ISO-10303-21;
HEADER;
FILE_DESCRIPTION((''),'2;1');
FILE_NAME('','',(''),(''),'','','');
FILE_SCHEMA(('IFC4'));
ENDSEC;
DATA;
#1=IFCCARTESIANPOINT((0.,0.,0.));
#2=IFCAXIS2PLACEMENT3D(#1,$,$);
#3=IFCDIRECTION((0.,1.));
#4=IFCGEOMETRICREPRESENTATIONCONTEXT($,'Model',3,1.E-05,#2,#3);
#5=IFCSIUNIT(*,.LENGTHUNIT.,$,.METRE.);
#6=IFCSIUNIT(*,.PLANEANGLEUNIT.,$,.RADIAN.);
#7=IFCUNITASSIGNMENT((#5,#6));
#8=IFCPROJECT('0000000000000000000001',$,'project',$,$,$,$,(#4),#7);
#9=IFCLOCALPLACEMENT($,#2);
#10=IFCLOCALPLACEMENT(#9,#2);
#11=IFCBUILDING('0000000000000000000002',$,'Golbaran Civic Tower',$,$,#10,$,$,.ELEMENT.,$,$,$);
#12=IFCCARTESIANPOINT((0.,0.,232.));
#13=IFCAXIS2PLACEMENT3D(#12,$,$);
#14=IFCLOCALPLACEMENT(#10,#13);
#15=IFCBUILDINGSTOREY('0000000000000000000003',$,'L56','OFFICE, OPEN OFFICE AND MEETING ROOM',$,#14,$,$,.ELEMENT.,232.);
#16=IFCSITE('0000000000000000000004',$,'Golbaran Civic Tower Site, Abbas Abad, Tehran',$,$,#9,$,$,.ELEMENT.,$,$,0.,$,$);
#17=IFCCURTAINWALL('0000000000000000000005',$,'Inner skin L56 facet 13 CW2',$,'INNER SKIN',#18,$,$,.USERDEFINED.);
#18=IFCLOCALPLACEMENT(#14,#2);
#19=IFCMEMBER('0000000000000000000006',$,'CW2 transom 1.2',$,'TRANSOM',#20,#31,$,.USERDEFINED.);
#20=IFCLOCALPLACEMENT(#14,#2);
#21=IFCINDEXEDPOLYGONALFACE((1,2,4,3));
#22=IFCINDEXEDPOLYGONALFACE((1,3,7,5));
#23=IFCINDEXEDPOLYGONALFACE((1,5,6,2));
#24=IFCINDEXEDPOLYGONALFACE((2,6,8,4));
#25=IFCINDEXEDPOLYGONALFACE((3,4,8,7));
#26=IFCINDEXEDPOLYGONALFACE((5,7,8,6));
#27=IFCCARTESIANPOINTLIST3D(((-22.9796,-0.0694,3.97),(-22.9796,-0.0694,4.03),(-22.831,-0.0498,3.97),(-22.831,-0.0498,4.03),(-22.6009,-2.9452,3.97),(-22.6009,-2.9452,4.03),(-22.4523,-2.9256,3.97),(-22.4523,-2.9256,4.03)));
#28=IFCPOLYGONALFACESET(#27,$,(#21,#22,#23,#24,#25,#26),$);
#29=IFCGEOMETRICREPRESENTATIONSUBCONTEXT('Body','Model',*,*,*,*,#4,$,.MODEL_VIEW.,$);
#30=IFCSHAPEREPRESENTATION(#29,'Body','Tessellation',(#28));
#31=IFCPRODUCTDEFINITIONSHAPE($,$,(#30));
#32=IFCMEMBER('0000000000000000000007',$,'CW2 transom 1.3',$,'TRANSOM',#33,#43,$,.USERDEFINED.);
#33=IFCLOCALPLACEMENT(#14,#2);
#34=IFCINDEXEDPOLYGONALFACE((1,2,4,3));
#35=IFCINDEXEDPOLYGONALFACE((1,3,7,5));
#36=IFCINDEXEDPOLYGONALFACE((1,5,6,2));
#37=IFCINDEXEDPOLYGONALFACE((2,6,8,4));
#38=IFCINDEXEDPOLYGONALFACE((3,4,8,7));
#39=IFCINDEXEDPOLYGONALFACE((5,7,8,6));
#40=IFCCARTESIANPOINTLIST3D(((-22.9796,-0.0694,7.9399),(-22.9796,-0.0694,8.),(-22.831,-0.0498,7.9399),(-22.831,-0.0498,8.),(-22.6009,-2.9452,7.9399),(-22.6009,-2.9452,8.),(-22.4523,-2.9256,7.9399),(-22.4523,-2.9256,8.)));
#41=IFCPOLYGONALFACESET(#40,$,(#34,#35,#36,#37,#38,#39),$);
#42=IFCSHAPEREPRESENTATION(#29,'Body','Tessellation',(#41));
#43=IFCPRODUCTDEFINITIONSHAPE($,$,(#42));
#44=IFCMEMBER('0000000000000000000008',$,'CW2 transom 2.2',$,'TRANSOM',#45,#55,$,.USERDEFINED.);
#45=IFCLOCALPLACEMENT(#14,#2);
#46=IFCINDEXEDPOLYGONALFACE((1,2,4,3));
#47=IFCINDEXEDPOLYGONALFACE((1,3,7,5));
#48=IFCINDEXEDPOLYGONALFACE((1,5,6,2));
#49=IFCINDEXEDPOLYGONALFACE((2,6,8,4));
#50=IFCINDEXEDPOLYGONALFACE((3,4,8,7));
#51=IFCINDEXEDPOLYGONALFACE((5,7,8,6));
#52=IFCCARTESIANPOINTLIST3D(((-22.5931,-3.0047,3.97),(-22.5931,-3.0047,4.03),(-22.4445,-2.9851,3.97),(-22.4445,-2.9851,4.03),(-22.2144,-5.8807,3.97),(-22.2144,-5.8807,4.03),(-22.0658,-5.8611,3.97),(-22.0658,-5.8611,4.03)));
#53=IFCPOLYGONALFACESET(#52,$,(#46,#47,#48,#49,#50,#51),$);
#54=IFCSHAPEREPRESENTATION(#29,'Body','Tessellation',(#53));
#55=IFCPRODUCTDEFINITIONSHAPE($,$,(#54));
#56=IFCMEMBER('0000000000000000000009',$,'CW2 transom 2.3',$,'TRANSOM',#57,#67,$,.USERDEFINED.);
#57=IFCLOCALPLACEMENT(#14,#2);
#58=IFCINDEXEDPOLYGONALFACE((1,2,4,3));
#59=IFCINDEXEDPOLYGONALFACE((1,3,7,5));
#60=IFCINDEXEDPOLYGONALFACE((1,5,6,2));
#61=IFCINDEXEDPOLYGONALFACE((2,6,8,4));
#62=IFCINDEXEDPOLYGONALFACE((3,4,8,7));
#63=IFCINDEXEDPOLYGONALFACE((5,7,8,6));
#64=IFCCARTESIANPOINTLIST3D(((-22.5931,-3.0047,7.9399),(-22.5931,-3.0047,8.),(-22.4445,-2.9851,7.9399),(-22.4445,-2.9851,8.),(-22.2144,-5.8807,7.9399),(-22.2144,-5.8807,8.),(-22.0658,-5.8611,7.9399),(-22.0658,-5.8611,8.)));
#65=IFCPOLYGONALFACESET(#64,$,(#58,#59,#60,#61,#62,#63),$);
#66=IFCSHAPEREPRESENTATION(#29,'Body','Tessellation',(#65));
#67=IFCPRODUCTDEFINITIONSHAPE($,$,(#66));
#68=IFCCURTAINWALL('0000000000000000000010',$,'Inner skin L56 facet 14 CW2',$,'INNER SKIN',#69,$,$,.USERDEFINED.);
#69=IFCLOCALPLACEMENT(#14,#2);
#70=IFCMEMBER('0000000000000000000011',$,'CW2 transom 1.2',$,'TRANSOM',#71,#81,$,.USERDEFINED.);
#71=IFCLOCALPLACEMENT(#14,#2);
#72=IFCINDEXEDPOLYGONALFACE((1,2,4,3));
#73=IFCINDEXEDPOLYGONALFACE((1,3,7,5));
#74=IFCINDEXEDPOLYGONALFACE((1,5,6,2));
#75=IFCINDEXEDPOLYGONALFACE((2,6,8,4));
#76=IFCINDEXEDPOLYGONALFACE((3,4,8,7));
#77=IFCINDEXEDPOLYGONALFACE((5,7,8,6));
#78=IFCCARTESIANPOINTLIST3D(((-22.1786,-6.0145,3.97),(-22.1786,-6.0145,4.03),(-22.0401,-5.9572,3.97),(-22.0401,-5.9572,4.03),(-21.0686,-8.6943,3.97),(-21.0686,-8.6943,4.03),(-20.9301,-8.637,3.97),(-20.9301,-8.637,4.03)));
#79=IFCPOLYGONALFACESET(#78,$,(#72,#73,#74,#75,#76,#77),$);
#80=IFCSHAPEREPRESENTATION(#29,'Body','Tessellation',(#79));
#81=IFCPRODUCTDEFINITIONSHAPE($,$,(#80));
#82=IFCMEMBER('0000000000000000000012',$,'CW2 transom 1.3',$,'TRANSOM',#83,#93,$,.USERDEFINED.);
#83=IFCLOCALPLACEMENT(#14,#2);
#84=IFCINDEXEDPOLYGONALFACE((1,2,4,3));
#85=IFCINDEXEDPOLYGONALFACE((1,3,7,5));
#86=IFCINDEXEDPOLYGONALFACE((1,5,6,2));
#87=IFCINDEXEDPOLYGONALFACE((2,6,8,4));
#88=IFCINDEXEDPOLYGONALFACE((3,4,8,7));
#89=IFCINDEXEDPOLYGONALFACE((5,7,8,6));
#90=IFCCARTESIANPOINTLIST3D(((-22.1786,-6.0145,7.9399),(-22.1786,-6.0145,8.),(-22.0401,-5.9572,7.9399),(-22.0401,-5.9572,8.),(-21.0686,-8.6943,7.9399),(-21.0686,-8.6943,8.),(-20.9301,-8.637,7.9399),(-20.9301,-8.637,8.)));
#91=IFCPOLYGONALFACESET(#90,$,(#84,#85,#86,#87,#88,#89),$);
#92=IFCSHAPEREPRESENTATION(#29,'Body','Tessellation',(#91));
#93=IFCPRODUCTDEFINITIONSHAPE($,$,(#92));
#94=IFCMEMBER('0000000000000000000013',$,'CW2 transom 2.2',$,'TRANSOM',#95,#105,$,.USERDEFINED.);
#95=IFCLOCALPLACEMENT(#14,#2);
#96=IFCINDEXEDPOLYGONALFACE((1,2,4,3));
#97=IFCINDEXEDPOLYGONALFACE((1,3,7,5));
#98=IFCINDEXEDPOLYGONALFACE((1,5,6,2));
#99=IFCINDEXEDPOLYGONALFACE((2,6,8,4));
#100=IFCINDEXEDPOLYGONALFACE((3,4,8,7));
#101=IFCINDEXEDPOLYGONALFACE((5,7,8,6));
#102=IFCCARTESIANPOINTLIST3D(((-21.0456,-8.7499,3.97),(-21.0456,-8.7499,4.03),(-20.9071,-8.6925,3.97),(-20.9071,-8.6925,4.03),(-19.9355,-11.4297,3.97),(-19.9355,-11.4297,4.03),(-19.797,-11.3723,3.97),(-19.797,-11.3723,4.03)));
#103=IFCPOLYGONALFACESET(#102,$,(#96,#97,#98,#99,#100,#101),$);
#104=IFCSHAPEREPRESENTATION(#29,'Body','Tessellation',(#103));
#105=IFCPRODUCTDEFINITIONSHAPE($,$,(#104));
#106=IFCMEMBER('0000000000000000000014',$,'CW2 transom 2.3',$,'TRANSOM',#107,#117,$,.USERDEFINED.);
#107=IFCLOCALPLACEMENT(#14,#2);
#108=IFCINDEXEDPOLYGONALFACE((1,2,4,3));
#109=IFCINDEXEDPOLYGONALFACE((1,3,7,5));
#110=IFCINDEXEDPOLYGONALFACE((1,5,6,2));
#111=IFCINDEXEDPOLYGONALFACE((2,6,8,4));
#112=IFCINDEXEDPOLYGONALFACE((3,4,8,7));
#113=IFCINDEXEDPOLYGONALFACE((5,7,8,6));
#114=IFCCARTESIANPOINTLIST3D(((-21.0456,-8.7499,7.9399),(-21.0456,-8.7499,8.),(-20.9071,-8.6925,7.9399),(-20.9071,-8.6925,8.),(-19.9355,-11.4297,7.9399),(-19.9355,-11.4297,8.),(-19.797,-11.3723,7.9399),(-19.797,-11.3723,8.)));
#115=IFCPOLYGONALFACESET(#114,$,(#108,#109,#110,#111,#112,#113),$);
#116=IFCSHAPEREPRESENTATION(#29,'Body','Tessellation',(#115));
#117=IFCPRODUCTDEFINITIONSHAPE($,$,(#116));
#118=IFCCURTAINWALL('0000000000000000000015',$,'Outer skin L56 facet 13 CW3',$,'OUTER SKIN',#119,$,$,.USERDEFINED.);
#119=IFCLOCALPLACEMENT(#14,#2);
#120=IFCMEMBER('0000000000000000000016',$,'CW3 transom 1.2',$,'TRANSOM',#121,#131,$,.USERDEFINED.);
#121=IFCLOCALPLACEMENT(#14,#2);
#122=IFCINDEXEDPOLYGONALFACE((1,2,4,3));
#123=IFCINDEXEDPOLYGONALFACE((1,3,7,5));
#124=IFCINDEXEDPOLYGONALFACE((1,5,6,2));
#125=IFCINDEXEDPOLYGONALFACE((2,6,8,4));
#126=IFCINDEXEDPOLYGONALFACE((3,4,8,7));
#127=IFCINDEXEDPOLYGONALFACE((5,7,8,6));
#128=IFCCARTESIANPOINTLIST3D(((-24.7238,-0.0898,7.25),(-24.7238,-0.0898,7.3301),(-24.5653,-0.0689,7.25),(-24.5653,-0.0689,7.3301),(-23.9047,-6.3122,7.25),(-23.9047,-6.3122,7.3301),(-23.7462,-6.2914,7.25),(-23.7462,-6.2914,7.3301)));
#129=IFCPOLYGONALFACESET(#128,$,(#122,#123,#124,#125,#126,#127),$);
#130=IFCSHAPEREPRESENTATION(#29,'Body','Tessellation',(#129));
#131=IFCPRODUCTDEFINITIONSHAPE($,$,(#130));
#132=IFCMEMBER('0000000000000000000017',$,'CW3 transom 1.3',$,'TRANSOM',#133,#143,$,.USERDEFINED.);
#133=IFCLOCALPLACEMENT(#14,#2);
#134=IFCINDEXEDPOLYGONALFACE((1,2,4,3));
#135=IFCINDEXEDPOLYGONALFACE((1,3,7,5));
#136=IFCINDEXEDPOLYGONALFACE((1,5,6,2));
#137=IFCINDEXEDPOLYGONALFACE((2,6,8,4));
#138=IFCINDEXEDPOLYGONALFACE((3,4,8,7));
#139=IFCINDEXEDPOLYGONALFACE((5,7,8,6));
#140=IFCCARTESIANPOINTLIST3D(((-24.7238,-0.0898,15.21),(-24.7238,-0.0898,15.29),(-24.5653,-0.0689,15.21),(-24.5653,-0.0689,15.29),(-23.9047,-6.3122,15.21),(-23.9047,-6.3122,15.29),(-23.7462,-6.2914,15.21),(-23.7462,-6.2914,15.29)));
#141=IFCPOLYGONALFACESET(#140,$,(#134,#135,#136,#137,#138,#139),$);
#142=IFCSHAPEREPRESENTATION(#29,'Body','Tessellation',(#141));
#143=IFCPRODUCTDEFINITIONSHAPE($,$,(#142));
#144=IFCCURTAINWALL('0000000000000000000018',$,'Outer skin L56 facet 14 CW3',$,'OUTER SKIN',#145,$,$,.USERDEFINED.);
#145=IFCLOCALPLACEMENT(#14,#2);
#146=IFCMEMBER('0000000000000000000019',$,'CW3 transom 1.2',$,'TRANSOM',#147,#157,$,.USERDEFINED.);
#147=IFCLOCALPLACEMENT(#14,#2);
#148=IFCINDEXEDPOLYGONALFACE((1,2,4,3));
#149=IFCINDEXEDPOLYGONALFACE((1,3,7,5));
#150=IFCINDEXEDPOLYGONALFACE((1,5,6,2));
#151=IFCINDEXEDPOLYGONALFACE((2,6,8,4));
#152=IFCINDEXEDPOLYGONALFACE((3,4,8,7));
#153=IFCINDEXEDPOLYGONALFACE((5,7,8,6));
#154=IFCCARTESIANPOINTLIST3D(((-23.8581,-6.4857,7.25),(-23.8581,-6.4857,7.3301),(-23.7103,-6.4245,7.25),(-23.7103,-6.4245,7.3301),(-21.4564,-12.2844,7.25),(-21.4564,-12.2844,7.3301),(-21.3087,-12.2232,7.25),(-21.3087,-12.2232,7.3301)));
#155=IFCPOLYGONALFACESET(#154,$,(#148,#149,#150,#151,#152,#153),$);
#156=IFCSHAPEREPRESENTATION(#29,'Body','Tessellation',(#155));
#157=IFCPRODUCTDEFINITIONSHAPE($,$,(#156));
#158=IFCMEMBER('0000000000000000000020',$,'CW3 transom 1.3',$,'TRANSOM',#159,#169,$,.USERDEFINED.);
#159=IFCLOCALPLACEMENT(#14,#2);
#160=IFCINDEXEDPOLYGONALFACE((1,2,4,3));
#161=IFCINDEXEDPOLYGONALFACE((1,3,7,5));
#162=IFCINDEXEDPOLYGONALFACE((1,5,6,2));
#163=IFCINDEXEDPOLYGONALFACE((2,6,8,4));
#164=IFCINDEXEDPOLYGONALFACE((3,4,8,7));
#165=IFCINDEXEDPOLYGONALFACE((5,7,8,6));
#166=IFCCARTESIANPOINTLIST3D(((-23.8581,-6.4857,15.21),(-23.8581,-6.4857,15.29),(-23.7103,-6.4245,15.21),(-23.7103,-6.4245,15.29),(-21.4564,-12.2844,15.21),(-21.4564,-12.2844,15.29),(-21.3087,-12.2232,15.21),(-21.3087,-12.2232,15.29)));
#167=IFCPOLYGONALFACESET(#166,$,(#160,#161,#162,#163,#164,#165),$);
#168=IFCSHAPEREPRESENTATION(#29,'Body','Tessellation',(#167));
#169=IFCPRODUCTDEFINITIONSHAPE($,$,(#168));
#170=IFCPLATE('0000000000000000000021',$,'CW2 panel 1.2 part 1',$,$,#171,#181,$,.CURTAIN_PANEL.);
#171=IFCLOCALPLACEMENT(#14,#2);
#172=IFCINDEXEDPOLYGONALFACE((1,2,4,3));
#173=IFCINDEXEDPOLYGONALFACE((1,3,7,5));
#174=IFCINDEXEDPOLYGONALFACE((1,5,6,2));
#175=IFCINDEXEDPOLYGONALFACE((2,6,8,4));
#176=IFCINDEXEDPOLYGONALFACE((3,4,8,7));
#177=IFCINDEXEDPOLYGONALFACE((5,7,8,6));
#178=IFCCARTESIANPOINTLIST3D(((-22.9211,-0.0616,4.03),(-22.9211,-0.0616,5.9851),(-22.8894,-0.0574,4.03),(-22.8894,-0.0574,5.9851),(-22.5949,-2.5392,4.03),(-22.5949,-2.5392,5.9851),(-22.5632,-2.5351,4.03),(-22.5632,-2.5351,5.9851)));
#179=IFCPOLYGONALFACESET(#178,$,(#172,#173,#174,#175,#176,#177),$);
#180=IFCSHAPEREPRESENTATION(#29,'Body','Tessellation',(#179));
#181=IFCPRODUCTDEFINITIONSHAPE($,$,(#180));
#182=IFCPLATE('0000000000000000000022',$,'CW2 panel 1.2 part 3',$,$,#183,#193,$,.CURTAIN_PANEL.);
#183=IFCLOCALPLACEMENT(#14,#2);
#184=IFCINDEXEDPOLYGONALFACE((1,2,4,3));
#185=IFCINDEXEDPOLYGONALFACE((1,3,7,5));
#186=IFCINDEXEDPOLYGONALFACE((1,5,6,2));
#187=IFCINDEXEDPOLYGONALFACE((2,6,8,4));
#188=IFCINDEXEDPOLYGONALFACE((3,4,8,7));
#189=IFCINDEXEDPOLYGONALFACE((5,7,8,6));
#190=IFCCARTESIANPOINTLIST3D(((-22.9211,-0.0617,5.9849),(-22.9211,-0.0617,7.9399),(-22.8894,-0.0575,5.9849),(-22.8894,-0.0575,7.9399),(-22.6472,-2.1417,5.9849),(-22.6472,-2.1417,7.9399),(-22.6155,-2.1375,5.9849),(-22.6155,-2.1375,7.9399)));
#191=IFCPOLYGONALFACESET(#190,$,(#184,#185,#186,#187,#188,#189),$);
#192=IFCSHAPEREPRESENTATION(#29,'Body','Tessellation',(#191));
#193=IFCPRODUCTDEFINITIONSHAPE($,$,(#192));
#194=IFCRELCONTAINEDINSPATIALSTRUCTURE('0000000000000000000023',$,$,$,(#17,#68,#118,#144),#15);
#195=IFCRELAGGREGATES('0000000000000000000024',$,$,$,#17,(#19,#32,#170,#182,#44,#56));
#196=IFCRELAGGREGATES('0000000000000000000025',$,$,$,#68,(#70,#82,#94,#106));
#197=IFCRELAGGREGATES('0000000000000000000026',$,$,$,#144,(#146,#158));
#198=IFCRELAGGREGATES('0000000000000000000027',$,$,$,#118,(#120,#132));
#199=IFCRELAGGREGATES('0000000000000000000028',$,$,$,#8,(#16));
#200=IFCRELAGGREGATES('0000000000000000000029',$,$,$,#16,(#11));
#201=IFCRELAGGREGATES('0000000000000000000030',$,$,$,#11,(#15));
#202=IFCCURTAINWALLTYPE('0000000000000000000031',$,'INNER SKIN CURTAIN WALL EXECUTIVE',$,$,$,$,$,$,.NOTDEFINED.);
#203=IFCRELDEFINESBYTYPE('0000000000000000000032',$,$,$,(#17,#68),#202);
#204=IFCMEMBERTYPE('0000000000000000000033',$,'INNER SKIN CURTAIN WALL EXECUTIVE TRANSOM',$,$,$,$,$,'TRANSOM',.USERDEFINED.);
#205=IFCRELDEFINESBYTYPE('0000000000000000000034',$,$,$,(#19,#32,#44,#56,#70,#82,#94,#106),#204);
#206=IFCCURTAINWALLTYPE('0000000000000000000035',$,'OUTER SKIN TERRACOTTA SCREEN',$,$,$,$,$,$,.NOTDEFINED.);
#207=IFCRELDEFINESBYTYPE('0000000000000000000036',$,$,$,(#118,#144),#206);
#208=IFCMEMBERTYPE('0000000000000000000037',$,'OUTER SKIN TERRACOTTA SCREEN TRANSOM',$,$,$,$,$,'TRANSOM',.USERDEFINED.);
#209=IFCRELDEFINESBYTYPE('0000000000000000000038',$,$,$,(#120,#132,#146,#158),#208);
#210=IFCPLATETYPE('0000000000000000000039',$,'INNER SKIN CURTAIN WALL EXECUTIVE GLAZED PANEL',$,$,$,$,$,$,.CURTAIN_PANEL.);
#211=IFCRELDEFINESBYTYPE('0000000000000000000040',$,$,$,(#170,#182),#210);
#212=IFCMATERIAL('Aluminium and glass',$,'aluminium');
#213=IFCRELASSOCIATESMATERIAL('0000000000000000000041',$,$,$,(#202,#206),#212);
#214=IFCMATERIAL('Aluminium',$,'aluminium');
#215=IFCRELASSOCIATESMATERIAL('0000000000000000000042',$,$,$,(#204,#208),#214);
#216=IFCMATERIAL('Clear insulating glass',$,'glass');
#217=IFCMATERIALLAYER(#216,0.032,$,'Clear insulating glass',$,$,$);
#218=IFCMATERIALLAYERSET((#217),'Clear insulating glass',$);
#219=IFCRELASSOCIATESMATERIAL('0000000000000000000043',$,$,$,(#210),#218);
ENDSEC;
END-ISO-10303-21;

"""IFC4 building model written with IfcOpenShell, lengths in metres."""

from ifc_helpers import new_model, si_unit, direction, frame, origin, origin_2d, place, context, subcontext, project, spatial, rectangle, extrude, material, layer, layer_set, material_profile, profile_set, type_object, element, aggregate, save


model = new_model("IFC4")

# Units and contexts
model_context = context("Model", 3, precision=1e-05, world=origin(), true_north=direction((0.0, 1.0)))
body_context = subcontext(model_context, "Body", "Model", "MODEL_VIEW")
ifc_project = project(units=[si_unit("LENGTHUNIT", "METRE"), si_unit("PLANEANGLEUNIT", "RADIAN")], contexts=[model_context])

# Site, building, storey
site_placement = place(None, origin())
site = spatial("IfcSite", under=ifc_project, at=site_placement, Name="Golbaran Civic Tower Site, Abbas Abad, Tehran", CompositionType="ELEMENT", RefElevation=0.0)
building_placement = place(site_placement, origin())
building = spatial("IfcBuilding", under=site, at=building_placement, Name="Golbaran Civic Tower", CompositionType="ELEMENT")
storey_placement = place(building_placement, frame((0.0, 0.0, 232.0)))
storey = spatial("IfcBuildingStorey", under=building, at=storey_placement, Name="L56", Description="OFFICE, OPEN OFFICE AND MEETING ROOM", CompositionType="ELEMENT", Elevation=232.0)

# Curtain walls, members
ifc_material_1 = material(Name="Aluminium and glass", Category="aluminium")
curtain_wall_type_1 = type_object("IfcCurtainWallType", Name="INNER SKIN CURTAIN WALL EXECUTIVE", PredefinedType="NOTDEFINED", material=ifc_material_1)
curtain_wall_1_placement = place(storey_placement, origin())
curtain_wall_1 = element("IfcCurtainWall", 1, at=curtain_wall_1_placement, inside=storey, type_object=curtain_wall_type_1, Name="Inner skin L56 facet 13 CW2", ObjectType="INNER SKIN", PredefinedType="USERDEFINED")
ifc_material_2 = material(Name="Aluminium", Category="aluminium")
ifc_material_profile_1 = material_profile(ifc_material_2, rectangle(XDim=0.1499, YDim=0.0601, at=origin_2d()), Name="INNER SKIN CURTAIN WALL EXECUTIVE TRANSOM")
ifc_profile_set_1 = profile_set([ifc_material_profile_1], Name="Aluminium")
member_type_1 = type_object("IfcMemberType", Name="INNER SKIN CURTAIN WALL EXECUTIVE TRANSOM", ElementType="TRANSOM", PredefinedType="USERDEFINED", material=ifc_profile_set_1)
member_1_placement = place(storey_placement, frame((-22.9053, -0.0596, 4.0), z_axis=(0.130548, -0.991442, 0.0), x_axis=(0.991442, 0.130548, 0.0)))
member_1 = element("IfcMember", 2, at=member_1_placement, type_object=member_type_1, Name="CW2 transom 1.2", ObjectType="TRANSOM", PredefinedType="USERDEFINED", context=body_context, shape_type="SweptSolid", body=[
    extrude(rectangle(XDim=0.1499, YDim=0.0601, at=origin_2d()), origin(), (0.0, 0.0, 1.0), 2.9006),
])
member_2_placement = place(storey_placement, frame((-22.9053, -0.0596, 7.97), z_axis=(0.130548, -0.991442, 0.0), x_axis=(0.991442, 0.130548, 0.0)))
member_2 = element("IfcMember", 3, at=member_2_placement, type_object=member_type_1, Name="CW2 transom 1.3", ObjectType="TRANSOM", PredefinedType="USERDEFINED", context=body_context, shape_type="SweptSolid", body=[
    extrude(rectangle(XDim=0.1499, YDim=0.0601, at=origin_2d()), origin(), (0.0, 0.0, 1.0), 2.9006),
])
member_3_placement = place(storey_placement, frame((-22.5188, -2.9949, 4.0), z_axis=(0.130537, -0.991443, 0.0), x_axis=(0.991443, 0.130537, 0.0)))
member_3 = element("IfcMember", 4, at=member_3_placement, type_object=member_type_1, Name="CW2 transom 2.2", ObjectType="TRANSOM", PredefinedType="USERDEFINED", context=body_context, shape_type="SweptSolid", body=[
    extrude(rectangle(XDim=0.1499, YDim=0.0601, at=origin_2d()), origin(), (0.0, 0.0, 1.0), 2.9009),
])
member_4_placement = place(storey_placement, frame((-22.5188, -2.9949, 7.97), z_axis=(0.130537, -0.991443, 0.0), x_axis=(0.991443, 0.130537, 0.0)))
member_4 = element("IfcMember", 5, at=member_4_placement, type_object=member_type_1, Name="CW2 transom 2.3", ObjectType="TRANSOM", PredefinedType="USERDEFINED", context=body_context, shape_type="SweptSolid", body=[
    extrude(rectangle(XDim=0.1499, YDim=0.0601, at=origin_2d()), origin(), (0.0, 0.0, 1.0), 2.9009),
])
curtain_wall_2_placement = place(storey_placement, origin())
curtain_wall_2 = element("IfcCurtainWall", 6, at=curtain_wall_2_placement, inside=storey, type_object=curtain_wall_type_1, Name="Inner skin L56 facet 14 CW2", ObjectType="INNER SKIN", PredefinedType="USERDEFINED")
member_5_placement = place(storey_placement, frame((-22.1094, -5.9858, 4.0), z_axis=(0.382696, -0.923874, 0.0), x_axis=(0.923874, 0.382696, 0.0)))
member_5 = element("IfcMember", 7, at=member_5_placement, type_object=member_type_1, Name="CW2 transom 1.2", ObjectType="TRANSOM", PredefinedType="USERDEFINED", context=body_context, shape_type="SweptSolid", body=[
    extrude(rectangle(XDim=0.1499, YDim=0.0601, at=origin_2d()), origin(), (0.0, 0.0, 1.0), 2.9006),
])
member_6_placement = place(storey_placement, frame((-22.1094, -5.9858, 7.97), z_axis=(0.382696, -0.923874, 0.0), x_axis=(0.923874, 0.382696, 0.0)))
member_6 = element("IfcMember", 8, at=member_6_placement, type_object=member_type_1, Name="CW2 transom 1.3", ObjectType="TRANSOM", PredefinedType="USERDEFINED", context=body_context, shape_type="SweptSolid", body=[
    extrude(rectangle(XDim=0.1499, YDim=0.0601, at=origin_2d()), origin(), (0.0, 0.0, 1.0), 2.9006),
])
member_7_placement = place(storey_placement, frame((-20.9763, -8.7212, 4.0), z_axis=(0.382696, -0.923874, 0.0), x_axis=(0.923874, 0.382696, 0.0)))
member_7 = element("IfcMember", 9, at=member_7_placement, type_object=member_type_1, Name="CW2 transom 2.2", ObjectType="TRANSOM", PredefinedType="USERDEFINED", context=body_context, shape_type="SweptSolid", body=[
    extrude(rectangle(XDim=0.1499, YDim=0.0601, at=origin_2d()), origin(), (0.0, 0.0, 1.0), 2.9006),
])
member_8_placement = place(storey_placement, frame((-20.9763, -8.7212, 7.97), z_axis=(0.382696, -0.923874, 0.0), x_axis=(0.923874, 0.382696, 0.0)))
member_8 = element("IfcMember", 10, at=member_8_placement, type_object=member_type_1, Name="CW2 transom 2.3", ObjectType="TRANSOM", PredefinedType="USERDEFINED", context=body_context, shape_type="SweptSolid", body=[
    extrude(rectangle(XDim=0.1499, YDim=0.0601, at=origin_2d()), origin(), (0.0, 0.0, 1.0), 2.9006),
])
curtain_wall_type_2 = type_object("IfcCurtainWallType", Name="OUTER SKIN TERRACOTTA SCREEN", PredefinedType="NOTDEFINED", material=ifc_material_1)
curtain_wall_3_placement = place(storey_placement, origin())
curtain_wall_3 = element("IfcCurtainWall", 11, at=curtain_wall_3_placement, inside=storey, type_object=curtain_wall_type_2, Name="Outer skin L56 facet 13 CW3", ObjectType="OUTER SKIN", PredefinedType="USERDEFINED")
ifc_material_profile_2 = material_profile(ifc_material_2, rectangle(XDim=0.1599, YDim=0.0801, at=origin_2d()), Name="OUTER SKIN TERRACOTTA SCREEN TRANSOM")
ifc_profile_set_2 = profile_set([ifc_material_profile_2], Name="Aluminium")
member_type_2 = type_object("IfcMemberType", Name="OUTER SKIN TERRACOTTA SCREEN TRANSOM", ElementType="TRANSOM", PredefinedType="USERDEFINED", material=ifc_profile_set_2)
member_9_placement = place(storey_placement, frame((-24.6445, -0.0793, 7.29), z_axis=(0.13051, -0.991447, 0.0), x_axis=(0.991447, 0.13051, 0.0)))
member_9 = element("IfcMember", 12, at=member_9_placement, type_object=member_type_2, Name="CW3 transom 1.2", ObjectType="TRANSOM", PredefinedType="USERDEFINED", context=body_context, shape_type="SweptSolid", body=[
    extrude(rectangle(XDim=0.1599, YDim=0.0801, at=origin_2d()), origin(), (0.0, 0.0, 1.0), 6.2761),
])
member_10_placement = place(storey_placement, frame((-24.6445, -0.0793, 15.25), z_axis=(0.13051, -0.991447, 0.0), x_axis=(0.991447, 0.13051, 0.0)))
member_10 = element("IfcMember", 13, at=member_10_placement, type_object=member_type_2, Name="CW3 transom 1.3", ObjectType="TRANSOM", PredefinedType="USERDEFINED", context=body_context, shape_type="SweptSolid", body=[
    extrude(rectangle(XDim=0.1599, YDim=0.0801, at=origin_2d()), origin(), (0.0, 0.0, 1.0), 6.2761),
])
curtain_wall_4_placement = place(storey_placement, origin())
curtain_wall_4 = element("IfcCurtainWall", 14, at=curtain_wall_4_placement, inside=storey, type_object=curtain_wall_type_2, Name="Outer skin L56 facet 14 CW3", ObjectType="OUTER SKIN", PredefinedType="USERDEFINED")
member_11_placement = place(storey_placement, frame((-23.7842, -6.4551, 7.29), z_axis=(0.382651, -0.923893, 0.0), x_axis=(0.923893, 0.382651, 0.0)))
member_11 = element("IfcMember", 15, at=member_11_placement, type_object=member_type_2, Name="CW3 transom 1.2", ObjectType="TRANSOM", PredefinedType="USERDEFINED", context=body_context, shape_type="SweptSolid", body=[
    extrude(rectangle(XDim=0.1599, YDim=0.0801, at=origin_2d()), origin(), (0.0, 0.0, 1.0), 6.2764),
])
member_12_placement = place(storey_placement, frame((-23.7842, -6.4551, 15.25), z_axis=(0.382651, -0.923893, 0.0), x_axis=(0.923893, 0.382651, 0.0)))
member_12 = element("IfcMember", 16, at=member_12_placement, type_object=member_type_2, Name="CW3 transom 1.3", ObjectType="TRANSOM", PredefinedType="USERDEFINED", context=body_context, shape_type="SweptSolid", body=[
    extrude(rectangle(XDim=0.1599, YDim=0.0801, at=origin_2d()), origin(), (0.0, 0.0, 1.0), 6.2764),
])

# Plates
ifc_material_3 = material(Name="Clear insulating glass", Category="glass")
ifc_layer_1 = layer(ifc_material_3, 0.032, Name="Clear insulating glass")
ifc_layer_set_1 = layer_set([ifc_layer_1], Name="Clear insulating glass")
plate_type_1 = type_object("IfcPlateType", Name="INNER SKIN CURTAIN WALL EXECUTIVE GLAZED PANEL", PredefinedType="CURTAIN_PANEL", material=ifc_layer_set_1)
plate_1_placement = place(storey_placement, frame((-22.7422, -1.2983, 4.03), z_axis=(0.0, 0.0, 1.0), x_axis=(0.130526, -0.991445, 0.0)))
plate_1 = element("IfcPlate", 17, at=plate_1_placement, type_object=plate_type_1, Name="CW2 panel 1.2 part 1", PredefinedType="CURTAIN_PANEL", context=body_context, shape_type="SweptSolid", body=[
    extrude(rectangle(XDim=2.499, YDim=0.032, at=origin_2d()), origin(), (0.0, 0.0, 1.0), 1.9551),
])
plate_2_placement = place(storey_placement, frame((-22.7683, -1.0996, 5.9849), z_axis=(0.0, 0.0, 1.0), x_axis=(0.130526, -0.991445, 0.0)))
plate_2 = element("IfcPlate", 18, at=plate_2_placement, type_object=plate_type_1, Name="CW2 panel 1.2 part 3", PredefinedType="CURTAIN_PANEL", context=body_context, shape_type="SweptSolid", body=[
    extrude(rectangle(XDim=2.0979, YDim=0.032, at=origin_2d()), origin(), (0.0, 0.0, 1.0), 1.9551),
])
aggregate(curtain_wall_1, [member_1, member_2, plate_1, plate_2, member_3, member_4])
aggregate(curtain_wall_2, [member_5, member_6, member_7, member_8])
aggregate(curtain_wall_4, [member_11, member_12])
aggregate(curtain_wall_3, [member_9, member_10])

save(model, "model.ifc")
